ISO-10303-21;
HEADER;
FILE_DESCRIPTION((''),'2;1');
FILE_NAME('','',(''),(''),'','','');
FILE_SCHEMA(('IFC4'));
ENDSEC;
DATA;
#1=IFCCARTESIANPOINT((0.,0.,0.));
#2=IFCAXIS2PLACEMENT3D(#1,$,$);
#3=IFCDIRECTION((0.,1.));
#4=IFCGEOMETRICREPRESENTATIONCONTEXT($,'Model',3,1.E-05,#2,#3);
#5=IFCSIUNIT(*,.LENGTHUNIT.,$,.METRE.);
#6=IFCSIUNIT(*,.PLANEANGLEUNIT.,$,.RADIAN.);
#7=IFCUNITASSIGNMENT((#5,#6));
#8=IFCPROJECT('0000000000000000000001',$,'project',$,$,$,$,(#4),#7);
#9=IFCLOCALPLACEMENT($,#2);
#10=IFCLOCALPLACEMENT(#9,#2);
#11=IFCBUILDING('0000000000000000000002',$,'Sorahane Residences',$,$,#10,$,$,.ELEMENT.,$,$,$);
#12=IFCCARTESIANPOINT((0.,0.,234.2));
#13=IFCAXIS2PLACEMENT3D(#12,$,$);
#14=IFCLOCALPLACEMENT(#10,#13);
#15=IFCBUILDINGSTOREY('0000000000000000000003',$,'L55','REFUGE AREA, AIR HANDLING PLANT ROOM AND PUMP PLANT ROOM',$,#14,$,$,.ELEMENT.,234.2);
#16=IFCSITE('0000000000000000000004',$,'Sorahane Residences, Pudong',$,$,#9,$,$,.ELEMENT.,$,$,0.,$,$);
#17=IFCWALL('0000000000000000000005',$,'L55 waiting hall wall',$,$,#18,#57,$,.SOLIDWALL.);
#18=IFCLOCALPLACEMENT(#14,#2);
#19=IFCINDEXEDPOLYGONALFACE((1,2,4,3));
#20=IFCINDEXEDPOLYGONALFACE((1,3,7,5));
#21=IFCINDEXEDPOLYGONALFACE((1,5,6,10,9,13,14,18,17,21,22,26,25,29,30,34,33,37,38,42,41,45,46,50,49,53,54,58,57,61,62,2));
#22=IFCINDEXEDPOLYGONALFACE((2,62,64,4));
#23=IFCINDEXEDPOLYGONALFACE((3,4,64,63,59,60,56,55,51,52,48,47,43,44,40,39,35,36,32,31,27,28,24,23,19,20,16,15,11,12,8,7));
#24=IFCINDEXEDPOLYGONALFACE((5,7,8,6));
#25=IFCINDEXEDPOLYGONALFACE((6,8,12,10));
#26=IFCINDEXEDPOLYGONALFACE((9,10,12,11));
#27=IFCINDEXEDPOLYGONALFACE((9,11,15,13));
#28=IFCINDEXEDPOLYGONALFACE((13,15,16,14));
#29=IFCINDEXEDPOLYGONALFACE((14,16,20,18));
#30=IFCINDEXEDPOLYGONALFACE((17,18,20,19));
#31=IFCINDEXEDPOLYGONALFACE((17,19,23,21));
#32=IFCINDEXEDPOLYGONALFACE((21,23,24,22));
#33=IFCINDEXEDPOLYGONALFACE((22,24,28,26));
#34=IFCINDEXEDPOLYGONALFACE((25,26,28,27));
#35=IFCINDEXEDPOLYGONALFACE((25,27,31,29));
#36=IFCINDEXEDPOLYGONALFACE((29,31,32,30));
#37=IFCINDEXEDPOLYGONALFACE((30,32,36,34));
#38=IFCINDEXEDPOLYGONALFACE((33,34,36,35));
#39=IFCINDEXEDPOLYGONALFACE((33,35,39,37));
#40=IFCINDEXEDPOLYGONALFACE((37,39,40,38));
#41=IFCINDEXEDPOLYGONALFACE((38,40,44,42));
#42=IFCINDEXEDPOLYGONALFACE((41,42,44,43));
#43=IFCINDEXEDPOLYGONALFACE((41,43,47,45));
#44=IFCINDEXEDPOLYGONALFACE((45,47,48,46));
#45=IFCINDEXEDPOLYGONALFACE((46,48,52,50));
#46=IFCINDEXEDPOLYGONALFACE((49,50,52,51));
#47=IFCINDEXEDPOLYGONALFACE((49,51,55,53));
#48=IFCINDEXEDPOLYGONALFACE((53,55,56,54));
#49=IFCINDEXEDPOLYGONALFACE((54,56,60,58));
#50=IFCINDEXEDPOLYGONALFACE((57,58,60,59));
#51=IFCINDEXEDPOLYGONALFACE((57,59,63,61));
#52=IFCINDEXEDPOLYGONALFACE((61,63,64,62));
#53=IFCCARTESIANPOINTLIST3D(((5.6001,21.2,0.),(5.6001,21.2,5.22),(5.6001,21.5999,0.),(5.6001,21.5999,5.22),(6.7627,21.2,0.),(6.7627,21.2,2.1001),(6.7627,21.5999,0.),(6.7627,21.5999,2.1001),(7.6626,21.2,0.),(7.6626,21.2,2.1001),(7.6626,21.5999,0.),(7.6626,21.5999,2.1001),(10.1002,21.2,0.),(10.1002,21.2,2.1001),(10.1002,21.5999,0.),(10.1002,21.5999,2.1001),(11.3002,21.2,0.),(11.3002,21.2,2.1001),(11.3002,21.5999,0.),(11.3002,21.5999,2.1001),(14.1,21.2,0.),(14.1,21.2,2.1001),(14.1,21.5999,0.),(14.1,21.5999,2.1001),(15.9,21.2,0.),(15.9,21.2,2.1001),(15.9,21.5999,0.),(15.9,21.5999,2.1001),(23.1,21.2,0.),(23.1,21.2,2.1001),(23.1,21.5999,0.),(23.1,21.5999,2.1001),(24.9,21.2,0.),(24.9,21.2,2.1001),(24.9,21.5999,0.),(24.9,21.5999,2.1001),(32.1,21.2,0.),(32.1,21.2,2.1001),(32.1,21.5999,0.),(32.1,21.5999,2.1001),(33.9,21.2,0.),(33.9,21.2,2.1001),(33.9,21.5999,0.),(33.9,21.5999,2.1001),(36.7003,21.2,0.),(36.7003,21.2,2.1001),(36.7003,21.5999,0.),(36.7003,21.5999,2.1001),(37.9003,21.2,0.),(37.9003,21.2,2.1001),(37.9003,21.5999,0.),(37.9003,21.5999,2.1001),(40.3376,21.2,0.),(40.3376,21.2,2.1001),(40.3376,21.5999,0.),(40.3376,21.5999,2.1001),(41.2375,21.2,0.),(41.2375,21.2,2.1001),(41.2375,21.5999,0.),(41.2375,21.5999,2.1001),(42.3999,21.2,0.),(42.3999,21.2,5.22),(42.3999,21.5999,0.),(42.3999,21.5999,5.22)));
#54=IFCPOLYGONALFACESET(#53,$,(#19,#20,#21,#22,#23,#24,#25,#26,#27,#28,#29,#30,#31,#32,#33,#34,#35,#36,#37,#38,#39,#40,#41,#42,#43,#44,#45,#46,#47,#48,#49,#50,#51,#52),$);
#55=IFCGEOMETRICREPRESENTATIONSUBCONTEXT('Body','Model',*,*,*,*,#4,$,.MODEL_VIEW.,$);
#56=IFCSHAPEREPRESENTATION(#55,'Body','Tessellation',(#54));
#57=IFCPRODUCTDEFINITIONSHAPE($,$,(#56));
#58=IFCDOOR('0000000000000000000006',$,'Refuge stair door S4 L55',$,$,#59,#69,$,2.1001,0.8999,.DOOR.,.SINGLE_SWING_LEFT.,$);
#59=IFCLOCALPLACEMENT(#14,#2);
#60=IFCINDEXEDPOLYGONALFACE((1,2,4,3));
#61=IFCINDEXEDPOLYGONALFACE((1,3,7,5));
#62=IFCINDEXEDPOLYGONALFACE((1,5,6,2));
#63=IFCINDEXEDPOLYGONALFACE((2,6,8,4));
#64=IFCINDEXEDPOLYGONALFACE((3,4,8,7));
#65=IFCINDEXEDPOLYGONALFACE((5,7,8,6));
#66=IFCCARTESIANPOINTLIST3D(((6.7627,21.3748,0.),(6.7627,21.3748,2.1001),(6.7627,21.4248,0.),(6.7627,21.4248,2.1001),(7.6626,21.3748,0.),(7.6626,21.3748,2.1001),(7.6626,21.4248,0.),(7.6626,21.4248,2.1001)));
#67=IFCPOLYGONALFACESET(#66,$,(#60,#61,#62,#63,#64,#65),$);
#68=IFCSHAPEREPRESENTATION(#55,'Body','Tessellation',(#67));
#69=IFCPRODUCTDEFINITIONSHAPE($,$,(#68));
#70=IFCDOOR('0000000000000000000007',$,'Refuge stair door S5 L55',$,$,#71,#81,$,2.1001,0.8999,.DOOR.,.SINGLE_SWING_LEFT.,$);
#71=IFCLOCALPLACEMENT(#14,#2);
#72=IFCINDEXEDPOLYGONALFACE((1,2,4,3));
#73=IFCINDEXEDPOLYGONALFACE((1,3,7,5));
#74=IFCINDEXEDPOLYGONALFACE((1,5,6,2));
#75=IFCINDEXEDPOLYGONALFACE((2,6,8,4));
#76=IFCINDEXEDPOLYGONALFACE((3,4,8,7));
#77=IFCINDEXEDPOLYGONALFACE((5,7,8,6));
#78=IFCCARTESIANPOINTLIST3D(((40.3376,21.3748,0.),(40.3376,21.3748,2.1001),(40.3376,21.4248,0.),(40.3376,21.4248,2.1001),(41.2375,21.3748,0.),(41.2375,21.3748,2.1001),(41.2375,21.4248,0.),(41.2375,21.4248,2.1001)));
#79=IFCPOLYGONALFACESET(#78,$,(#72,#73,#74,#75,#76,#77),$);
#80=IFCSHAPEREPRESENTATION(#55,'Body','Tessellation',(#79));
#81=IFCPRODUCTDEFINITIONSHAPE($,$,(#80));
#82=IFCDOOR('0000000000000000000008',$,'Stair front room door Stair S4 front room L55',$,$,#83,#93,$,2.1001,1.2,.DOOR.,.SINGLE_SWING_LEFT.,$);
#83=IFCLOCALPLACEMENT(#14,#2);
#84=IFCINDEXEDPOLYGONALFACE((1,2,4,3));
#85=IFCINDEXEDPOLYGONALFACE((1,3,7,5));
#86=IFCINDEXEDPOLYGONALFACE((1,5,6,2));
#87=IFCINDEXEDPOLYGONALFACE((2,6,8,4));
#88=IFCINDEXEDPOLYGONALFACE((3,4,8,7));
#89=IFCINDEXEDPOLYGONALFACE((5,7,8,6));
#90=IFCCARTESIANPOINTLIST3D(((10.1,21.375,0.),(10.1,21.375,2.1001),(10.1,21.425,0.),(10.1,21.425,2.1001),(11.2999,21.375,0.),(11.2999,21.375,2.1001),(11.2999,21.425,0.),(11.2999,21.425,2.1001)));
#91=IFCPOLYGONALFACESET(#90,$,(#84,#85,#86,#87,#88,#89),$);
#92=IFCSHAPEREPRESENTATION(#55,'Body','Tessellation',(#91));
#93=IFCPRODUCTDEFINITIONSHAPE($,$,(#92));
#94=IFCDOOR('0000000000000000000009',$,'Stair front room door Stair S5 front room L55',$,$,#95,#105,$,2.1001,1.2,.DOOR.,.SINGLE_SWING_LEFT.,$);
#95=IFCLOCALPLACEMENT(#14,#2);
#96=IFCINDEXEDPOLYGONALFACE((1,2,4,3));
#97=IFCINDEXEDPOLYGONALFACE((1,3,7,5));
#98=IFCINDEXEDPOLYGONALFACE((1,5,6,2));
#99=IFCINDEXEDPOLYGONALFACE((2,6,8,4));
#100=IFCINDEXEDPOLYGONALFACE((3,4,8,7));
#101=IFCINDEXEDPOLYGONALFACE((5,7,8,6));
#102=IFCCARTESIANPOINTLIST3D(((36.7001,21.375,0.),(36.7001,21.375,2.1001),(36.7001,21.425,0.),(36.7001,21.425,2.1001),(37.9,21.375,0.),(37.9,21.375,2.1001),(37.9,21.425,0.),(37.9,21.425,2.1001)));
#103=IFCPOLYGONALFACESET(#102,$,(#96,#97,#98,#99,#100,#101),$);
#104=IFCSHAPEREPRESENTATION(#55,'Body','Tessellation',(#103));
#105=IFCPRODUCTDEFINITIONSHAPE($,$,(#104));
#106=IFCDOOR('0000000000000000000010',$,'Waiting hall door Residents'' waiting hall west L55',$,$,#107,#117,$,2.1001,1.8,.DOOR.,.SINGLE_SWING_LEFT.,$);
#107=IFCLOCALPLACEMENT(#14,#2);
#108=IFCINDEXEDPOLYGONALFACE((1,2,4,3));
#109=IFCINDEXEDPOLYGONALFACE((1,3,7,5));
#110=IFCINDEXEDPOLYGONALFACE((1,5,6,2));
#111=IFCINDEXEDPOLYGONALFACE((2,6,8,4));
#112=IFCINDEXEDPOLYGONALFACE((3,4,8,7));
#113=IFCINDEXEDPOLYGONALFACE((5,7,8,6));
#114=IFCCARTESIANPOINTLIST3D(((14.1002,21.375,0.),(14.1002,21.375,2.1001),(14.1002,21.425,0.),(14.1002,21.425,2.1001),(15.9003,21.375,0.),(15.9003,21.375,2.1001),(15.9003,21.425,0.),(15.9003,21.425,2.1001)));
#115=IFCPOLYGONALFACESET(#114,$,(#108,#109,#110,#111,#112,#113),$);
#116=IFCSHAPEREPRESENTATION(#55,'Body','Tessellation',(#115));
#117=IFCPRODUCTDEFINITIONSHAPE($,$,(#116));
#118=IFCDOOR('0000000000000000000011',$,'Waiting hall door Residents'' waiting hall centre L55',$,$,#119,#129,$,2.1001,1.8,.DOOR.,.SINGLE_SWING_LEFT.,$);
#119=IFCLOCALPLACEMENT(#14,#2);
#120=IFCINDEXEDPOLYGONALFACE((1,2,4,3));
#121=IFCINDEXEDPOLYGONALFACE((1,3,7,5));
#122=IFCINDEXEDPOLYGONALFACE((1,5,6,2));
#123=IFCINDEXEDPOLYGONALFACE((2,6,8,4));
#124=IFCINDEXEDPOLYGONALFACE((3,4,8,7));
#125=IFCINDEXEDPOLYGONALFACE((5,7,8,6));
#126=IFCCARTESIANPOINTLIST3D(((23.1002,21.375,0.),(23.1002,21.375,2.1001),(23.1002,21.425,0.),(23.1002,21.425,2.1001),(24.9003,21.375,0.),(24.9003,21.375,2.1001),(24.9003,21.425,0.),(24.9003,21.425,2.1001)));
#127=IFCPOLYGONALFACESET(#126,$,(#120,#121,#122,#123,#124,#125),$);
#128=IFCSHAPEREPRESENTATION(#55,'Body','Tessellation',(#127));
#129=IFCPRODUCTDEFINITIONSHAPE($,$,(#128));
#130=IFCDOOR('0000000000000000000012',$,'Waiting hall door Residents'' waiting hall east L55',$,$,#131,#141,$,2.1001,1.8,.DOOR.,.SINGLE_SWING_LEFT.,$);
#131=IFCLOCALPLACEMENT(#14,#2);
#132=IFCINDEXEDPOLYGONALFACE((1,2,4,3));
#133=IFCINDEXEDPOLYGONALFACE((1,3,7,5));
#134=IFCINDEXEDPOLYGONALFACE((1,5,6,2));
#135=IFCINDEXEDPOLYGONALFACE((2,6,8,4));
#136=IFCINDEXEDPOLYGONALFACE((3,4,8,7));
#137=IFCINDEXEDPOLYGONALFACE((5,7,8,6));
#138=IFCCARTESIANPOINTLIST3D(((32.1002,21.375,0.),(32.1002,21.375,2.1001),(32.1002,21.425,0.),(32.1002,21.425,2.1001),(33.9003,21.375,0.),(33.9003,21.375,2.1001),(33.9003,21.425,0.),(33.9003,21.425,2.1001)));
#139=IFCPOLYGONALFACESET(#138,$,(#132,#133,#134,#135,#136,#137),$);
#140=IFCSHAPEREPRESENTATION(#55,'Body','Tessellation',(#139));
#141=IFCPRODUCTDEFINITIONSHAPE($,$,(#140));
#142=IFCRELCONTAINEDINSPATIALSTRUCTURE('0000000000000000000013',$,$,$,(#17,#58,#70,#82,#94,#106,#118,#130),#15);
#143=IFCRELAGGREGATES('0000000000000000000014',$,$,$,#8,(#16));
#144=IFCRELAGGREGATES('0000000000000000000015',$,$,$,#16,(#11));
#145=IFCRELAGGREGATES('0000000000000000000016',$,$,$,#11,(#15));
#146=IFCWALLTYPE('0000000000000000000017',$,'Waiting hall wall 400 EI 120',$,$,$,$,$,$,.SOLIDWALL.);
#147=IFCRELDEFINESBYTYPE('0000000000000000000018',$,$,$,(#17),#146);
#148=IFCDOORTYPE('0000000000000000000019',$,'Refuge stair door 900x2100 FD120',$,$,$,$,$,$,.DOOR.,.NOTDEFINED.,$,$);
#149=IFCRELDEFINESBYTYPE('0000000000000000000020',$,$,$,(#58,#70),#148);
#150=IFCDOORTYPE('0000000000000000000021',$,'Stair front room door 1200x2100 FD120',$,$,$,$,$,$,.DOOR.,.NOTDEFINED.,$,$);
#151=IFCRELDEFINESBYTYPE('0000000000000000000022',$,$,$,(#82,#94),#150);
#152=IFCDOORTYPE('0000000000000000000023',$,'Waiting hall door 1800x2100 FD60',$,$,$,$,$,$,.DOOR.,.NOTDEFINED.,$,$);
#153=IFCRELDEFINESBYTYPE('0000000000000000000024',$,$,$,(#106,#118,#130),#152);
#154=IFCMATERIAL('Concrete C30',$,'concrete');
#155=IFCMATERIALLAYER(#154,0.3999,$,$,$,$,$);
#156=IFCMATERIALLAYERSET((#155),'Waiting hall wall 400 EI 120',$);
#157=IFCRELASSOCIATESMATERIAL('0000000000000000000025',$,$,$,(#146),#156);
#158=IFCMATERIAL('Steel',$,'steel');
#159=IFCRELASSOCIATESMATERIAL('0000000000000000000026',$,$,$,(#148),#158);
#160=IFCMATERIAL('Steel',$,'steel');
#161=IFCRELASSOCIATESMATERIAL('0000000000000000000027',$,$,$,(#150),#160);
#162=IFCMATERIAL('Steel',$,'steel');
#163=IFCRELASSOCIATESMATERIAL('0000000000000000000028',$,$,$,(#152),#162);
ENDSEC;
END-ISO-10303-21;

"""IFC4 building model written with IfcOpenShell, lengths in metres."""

from ifc_helpers import new_model, si_unit, direction, frame, frame_2d, origin, place, context, subcontext, project, spatial, rectangle, extrude, material, layer, layer_set, type_object, element, fill, save


model = new_model("IFC4")

# Units and contexts
model_context = context("Model", 3, precision=1e-05, world=origin(), true_north=direction((0.0, 1.0)))
body_context = subcontext(model_context, "Body", "Model", "MODEL_VIEW")
ifc_project = project(units=[si_unit("LENGTHUNIT", "METRE"), si_unit("PLANEANGLEUNIT", "RADIAN")], contexts=[model_context])

# Site, building, storey
site_placement = place(None, origin())
site = spatial("IfcSite", under=ifc_project, at=site_placement, Name="Sorahane Residences, Pudong", CompositionType="ELEMENT", RefElevation=0.0)
building_placement = place(site_placement, origin())
building = spatial("IfcBuilding", under=site, at=building_placement, Name="Sorahane Residences", CompositionType="ELEMENT")
storey_placement = place(building_placement, frame((0.0, 0.0, 234.2)))
storey = spatial("IfcBuildingStorey", under=building, at=storey_placement, Name="L55", Description="REFUGE AREA, AIR HANDLING PLANT ROOM AND PUMP PLANT ROOM", CompositionType="ELEMENT", Elevation=234.2)

# Wall, openings, doors
ifc_material_1 = material(Name="Concrete C30", Category="concrete")
ifc_layer_1 = layer(ifc_material_1, 0.3999)
ifc_layer_set_1 = layer_set([ifc_layer_1], Name="Waiting hall wall 400 EI 120")
wall_type_1 = type_object("IfcWallType", Name="Waiting hall wall 400 EI 120", PredefinedType="SOLIDWALL", material=ifc_layer_set_1)
wall_1_placement = place(storey_placement, frame((5.6001, 21.3999, 0.0), z_axis=(0.0, 0.0, 1.0), x_axis=(1.0, 0.0, 0.0)))
wall_1 = element("IfcWall", 1, at=wall_1_placement, inside=storey, type_object=wall_type_1, Name="L55 waiting hall wall", PredefinedType="SOLIDWALL", context=body_context, shape_type="SweptSolid", body=[
    extrude(rectangle(XDim=36.7998, YDim=0.3999, at=frame_2d((18.3999, 0.0))), origin(), (0.0, 0.0, 1.0), 5.22),
])
opening_1_placement = place(wall_1_placement, frame((8.5, 0.0, 0.0)))
opening_1 = element("IfcOpeningElement", 2, at=opening_1_placement, cuts=wall_1, PredefinedType="OPENING", context=body_context, shape_type="SweptSolid", body=[
    extrude(rectangle(XDim=1.8, YDim=2.1001, at=frame_2d((0.8999, 1.05))), frame((0.0, 0.21, 0.0), z_axis=(0.0, -1.0, 0.0), x_axis=(1.0, 0.0, 0.0)), (0.0, 0.0, 1.0), 0.4199),
])
opening_2_placement = place(wall_1_placement, frame((17.5, 0.0, 0.0)))
opening_2 = element("IfcOpeningElement", 3, at=opening_2_placement, cuts=wall_1, PredefinedType="OPENING", context=body_context, shape_type="SweptSolid", body=[
    extrude(rectangle(XDim=1.8, YDim=2.1001, at=frame_2d((0.8999, 1.05))), frame((0.0, 0.21, 0.0), z_axis=(0.0, -1.0, 0.0), x_axis=(1.0, 0.0, 0.0)), (0.0, 0.0, 1.0), 0.4199),
])
opening_3_placement = place(wall_1_placement, frame((26.5, 0.0, 0.0)))
opening_3 = element("IfcOpeningElement", 4, at=opening_3_placement, cuts=wall_1, PredefinedType="OPENING", context=body_context, shape_type="SweptSolid", body=[
    extrude(rectangle(XDim=1.8, YDim=2.1001, at=frame_2d((0.8999, 1.05))), frame((0.0, 0.21, 0.0), z_axis=(0.0, -1.0, 0.0), x_axis=(1.0, 0.0, 0.0)), (0.0, 0.0, 1.0), 0.4199),
])
opening_4_placement = place(wall_1_placement, frame((4.5, 0.0, 0.0)))
opening_4 = element("IfcOpeningElement", 5, at=opening_4_placement, cuts=wall_1, PredefinedType="OPENING", context=body_context, shape_type="SweptSolid", body=[
    extrude(rectangle(XDim=1.2, YDim=2.1001, at=frame_2d((0.6001, 1.05))), frame((0.0, 0.21, 0.0), z_axis=(0.0, -1.0, 0.0), x_axis=(1.0, 0.0, 0.0)), (0.0, 0.0, 1.0), 0.4199),
])
opening_5_placement = place(wall_1_placement, frame((31.1001, 0.0, 0.0)))
opening_5 = element("IfcOpeningElement", 6, at=opening_5_placement, cuts=wall_1, PredefinedType="OPENING", context=body_context, shape_type="SweptSolid", body=[
    extrude(rectangle(XDim=1.2, YDim=2.1001, at=frame_2d((0.6001, 1.05))), frame((0.0, 0.21, 0.0), z_axis=(0.0, -1.0, 0.0), x_axis=(1.0, 0.0, 0.0)), (0.0, 0.0, 1.0), 0.4199),
])
opening_6_placement = place(wall_1_placement, frame((1.1626, 0.0, 0.0)))
opening_6 = element("IfcOpeningElement", 7, at=opening_6_placement, cuts=wall_1, PredefinedType="OPENING", context=body_context, shape_type="SweptSolid", body=[
    extrude(rectangle(XDim=0.8999, YDim=2.1001, at=frame_2d((0.45, 1.05))), frame((0.0, 0.21, 0.0), z_axis=(0.0, -1.0, 0.0), x_axis=(1.0, 0.0, 0.0)), (0.0, 0.0, 1.0), 0.4199),
])
opening_7_placement = place(wall_1_placement, frame((34.7375, 0.0, 0.0)))
opening_7 = element("IfcOpeningElement", 8, at=opening_7_placement, cuts=wall_1, PredefinedType="OPENING", context=body_context, shape_type="SweptSolid", body=[
    extrude(rectangle(XDim=0.8999, YDim=2.1001, at=frame_2d((0.45, 1.05))), frame((0.0, 0.21, 0.0), z_axis=(0.0, -1.0, 0.0), x_axis=(1.0, 0.0, 0.0)), (0.0, 0.0, 1.0), 0.4199),
])
ifc_material_2 = material(Name="Steel", Category="steel")
door_type_1 = type_object("IfcDoorType", Name="Refuge stair door 900x2100 FD120", OperationType="NOTDEFINED", PredefinedType="DOOR", material=ifc_material_2)
door_1_placement = place(opening_6_placement, origin())
door_1 = element("IfcDoor", 9, at=door_1_placement, inside=storey, type_object=door_type_1, Name="Refuge stair door S4 L55", OperationType="SINGLE_SWING_LEFT", OverallHeight=2.1001, OverallWidth=0.8999, PredefinedType="DOOR", context=body_context, shape_type="SweptSolid", body=[
    extrude(rectangle(XDim=0.8999, YDim=2.1001, at=frame_2d((0.45, 1.05))), frame((0.0, 0.0249, 0.0), z_axis=(0.0, -1.0, 0.0), x_axis=(1.0, 0.0, 0.0)), (0.0, 0.0, 1.0), 0.05),
])
fill(opening_6, door_1)
door_2_placement = place(opening_7_placement, origin())
door_2 = element("IfcDoor", 10, at=door_2_placement, inside=storey, type_object=door_type_1, Name="Refuge stair door S5 L55", OperationType="SINGLE_SWING_LEFT", OverallHeight=2.1001, OverallWidth=0.8999, PredefinedType="DOOR", context=body_context, shape_type="SweptSolid", body=[
    extrude(rectangle(XDim=0.8999, YDim=2.1001, at=frame_2d((0.45, 1.05))), frame((0.0, 0.0249, 0.0), z_axis=(0.0, -1.0, 0.0), x_axis=(1.0, 0.0, 0.0)), (0.0, 0.0, 1.0), 0.05),
])
fill(opening_7, door_2)
ifc_material_3 = material(Name="Steel", Category="steel")
door_type_2 = type_object("IfcDoorType", Name="Stair front room door 1200x2100 FD120", OperationType="NOTDEFINED", PredefinedType="DOOR", material=ifc_material_3)
door_3_placement = place(opening_4_placement, frame((1.2, 0.0, 0.0), z_axis=(0.0, 0.0, 1.0), x_axis=(-1.0, 0.0, 0.0)))
door_3 = element("IfcDoor", 11, at=door_3_placement, inside=storey, type_object=door_type_2, Name="Stair front room door Stair S4 front room L55", OperationType="SINGLE_SWING_LEFT", OverallHeight=2.1001, OverallWidth=1.2, PredefinedType="DOOR", context=body_context, shape_type="SweptSolid", body=[
    extrude(rectangle(XDim=1.2, YDim=2.1001, at=frame_2d((0.6001, 1.05))), frame((0.0, 0.0249, 0.0), z_axis=(0.0, -1.0, 0.0), x_axis=(1.0, 0.0, 0.0)), (0.0, 0.0, 1.0), 0.05),
])
fill(opening_4, door_3)
door_4_placement = place(opening_5_placement, frame((1.2, 0.0, 0.0), z_axis=(0.0, 0.0, 1.0), x_axis=(-1.0, 0.0, 0.0)))
door_4 = element("IfcDoor", 12, at=door_4_placement, inside=storey, type_object=door_type_2, Name="Stair front room door Stair S5 front room L55", OperationType="SINGLE_SWING_LEFT", OverallHeight=2.1001, OverallWidth=1.2, PredefinedType="DOOR", context=body_context, shape_type="SweptSolid", body=[
    extrude(rectangle(XDim=1.2, YDim=2.1001, at=frame_2d((0.6001, 1.05))), frame((0.0, 0.0249, 0.0), z_axis=(0.0, -1.0, 0.0), x_axis=(1.0, 0.0, 0.0)), (0.0, 0.0, 1.0), 0.05),
])
fill(opening_5, door_4)
ifc_material_4 = material(Name="Steel", Category="steel")
door_type_3 = type_object("IfcDoorType", Name="Waiting hall door 1800x2100 FD60", OperationType="NOTDEFINED", PredefinedType="DOOR", material=ifc_material_4)
door_5_placement = place(opening_1_placement, frame((1.8, 0.0, 0.0), z_axis=(0.0, 0.0, 1.0), x_axis=(-1.0, 0.0, 0.0)))
door_5 = element("IfcDoor", 13, at=door_5_placement, inside=storey, type_object=door_type_3, Name="Waiting hall door Residents' waiting hall west L55", OperationType="SINGLE_SWING_LEFT", OverallHeight=2.1001, OverallWidth=1.8, PredefinedType="DOOR", context=body_context, shape_type="SweptSolid", body=[
    extrude(rectangle(XDim=1.8, YDim=2.1001, at=frame_2d((0.8999, 1.05))), frame((0.0, 0.0249, 0.0), z_axis=(0.0, -1.0, 0.0), x_axis=(1.0, 0.0, 0.0)), (0.0, 0.0, 1.0), 0.05),
])
fill(opening_1, door_5)
door_6_placement = place(opening_2_placement, frame((1.8, 0.0, 0.0), z_axis=(0.0, 0.0, 1.0), x_axis=(-1.0, 0.0, 0.0)))
door_6 = element("IfcDoor", 14, at=door_6_placement, inside=storey, type_object=door_type_3, Name="Waiting hall door Residents' waiting hall centre L55", OperationType="SINGLE_SWING_LEFT", OverallHeight=2.1001, OverallWidth=1.8, PredefinedType="DOOR", context=body_context, shape_type="SweptSolid", body=[
    extrude(rectangle(XDim=1.8, YDim=2.1001, at=frame_2d((0.8999, 1.05))), frame((0.0, 0.0249, 0.0), z_axis=(0.0, -1.0, 0.0), x_axis=(1.0, 0.0, 0.0)), (0.0, 0.0, 1.0), 0.05),
])
fill(opening_2, door_6)
door_7_placement = place(opening_3_placement, frame((1.8, 0.0, 0.0), z_axis=(0.0, 0.0, 1.0), x_axis=(-1.0, 0.0, 0.0)))
door_7 = element("IfcDoor", 15, at=door_7_placement, inside=storey, type_object=door_type_3, Name="Waiting hall door Residents' waiting hall east L55", OperationType="SINGLE_SWING_LEFT", OverallHeight=2.1001, OverallWidth=1.8, PredefinedType="DOOR", context=body_context, shape_type="SweptSolid", body=[
    extrude(rectangle(XDim=1.8, YDim=2.1001, at=frame_2d((0.8999, 1.05))), frame((0.0, 0.0249, 0.0), z_axis=(0.0, -1.0, 0.0), x_axis=(1.0, 0.0, 0.0)), (0.0, 0.0, 1.0), 0.05),
])
fill(opening_3, door_7)

save(model, "model.ifc")
